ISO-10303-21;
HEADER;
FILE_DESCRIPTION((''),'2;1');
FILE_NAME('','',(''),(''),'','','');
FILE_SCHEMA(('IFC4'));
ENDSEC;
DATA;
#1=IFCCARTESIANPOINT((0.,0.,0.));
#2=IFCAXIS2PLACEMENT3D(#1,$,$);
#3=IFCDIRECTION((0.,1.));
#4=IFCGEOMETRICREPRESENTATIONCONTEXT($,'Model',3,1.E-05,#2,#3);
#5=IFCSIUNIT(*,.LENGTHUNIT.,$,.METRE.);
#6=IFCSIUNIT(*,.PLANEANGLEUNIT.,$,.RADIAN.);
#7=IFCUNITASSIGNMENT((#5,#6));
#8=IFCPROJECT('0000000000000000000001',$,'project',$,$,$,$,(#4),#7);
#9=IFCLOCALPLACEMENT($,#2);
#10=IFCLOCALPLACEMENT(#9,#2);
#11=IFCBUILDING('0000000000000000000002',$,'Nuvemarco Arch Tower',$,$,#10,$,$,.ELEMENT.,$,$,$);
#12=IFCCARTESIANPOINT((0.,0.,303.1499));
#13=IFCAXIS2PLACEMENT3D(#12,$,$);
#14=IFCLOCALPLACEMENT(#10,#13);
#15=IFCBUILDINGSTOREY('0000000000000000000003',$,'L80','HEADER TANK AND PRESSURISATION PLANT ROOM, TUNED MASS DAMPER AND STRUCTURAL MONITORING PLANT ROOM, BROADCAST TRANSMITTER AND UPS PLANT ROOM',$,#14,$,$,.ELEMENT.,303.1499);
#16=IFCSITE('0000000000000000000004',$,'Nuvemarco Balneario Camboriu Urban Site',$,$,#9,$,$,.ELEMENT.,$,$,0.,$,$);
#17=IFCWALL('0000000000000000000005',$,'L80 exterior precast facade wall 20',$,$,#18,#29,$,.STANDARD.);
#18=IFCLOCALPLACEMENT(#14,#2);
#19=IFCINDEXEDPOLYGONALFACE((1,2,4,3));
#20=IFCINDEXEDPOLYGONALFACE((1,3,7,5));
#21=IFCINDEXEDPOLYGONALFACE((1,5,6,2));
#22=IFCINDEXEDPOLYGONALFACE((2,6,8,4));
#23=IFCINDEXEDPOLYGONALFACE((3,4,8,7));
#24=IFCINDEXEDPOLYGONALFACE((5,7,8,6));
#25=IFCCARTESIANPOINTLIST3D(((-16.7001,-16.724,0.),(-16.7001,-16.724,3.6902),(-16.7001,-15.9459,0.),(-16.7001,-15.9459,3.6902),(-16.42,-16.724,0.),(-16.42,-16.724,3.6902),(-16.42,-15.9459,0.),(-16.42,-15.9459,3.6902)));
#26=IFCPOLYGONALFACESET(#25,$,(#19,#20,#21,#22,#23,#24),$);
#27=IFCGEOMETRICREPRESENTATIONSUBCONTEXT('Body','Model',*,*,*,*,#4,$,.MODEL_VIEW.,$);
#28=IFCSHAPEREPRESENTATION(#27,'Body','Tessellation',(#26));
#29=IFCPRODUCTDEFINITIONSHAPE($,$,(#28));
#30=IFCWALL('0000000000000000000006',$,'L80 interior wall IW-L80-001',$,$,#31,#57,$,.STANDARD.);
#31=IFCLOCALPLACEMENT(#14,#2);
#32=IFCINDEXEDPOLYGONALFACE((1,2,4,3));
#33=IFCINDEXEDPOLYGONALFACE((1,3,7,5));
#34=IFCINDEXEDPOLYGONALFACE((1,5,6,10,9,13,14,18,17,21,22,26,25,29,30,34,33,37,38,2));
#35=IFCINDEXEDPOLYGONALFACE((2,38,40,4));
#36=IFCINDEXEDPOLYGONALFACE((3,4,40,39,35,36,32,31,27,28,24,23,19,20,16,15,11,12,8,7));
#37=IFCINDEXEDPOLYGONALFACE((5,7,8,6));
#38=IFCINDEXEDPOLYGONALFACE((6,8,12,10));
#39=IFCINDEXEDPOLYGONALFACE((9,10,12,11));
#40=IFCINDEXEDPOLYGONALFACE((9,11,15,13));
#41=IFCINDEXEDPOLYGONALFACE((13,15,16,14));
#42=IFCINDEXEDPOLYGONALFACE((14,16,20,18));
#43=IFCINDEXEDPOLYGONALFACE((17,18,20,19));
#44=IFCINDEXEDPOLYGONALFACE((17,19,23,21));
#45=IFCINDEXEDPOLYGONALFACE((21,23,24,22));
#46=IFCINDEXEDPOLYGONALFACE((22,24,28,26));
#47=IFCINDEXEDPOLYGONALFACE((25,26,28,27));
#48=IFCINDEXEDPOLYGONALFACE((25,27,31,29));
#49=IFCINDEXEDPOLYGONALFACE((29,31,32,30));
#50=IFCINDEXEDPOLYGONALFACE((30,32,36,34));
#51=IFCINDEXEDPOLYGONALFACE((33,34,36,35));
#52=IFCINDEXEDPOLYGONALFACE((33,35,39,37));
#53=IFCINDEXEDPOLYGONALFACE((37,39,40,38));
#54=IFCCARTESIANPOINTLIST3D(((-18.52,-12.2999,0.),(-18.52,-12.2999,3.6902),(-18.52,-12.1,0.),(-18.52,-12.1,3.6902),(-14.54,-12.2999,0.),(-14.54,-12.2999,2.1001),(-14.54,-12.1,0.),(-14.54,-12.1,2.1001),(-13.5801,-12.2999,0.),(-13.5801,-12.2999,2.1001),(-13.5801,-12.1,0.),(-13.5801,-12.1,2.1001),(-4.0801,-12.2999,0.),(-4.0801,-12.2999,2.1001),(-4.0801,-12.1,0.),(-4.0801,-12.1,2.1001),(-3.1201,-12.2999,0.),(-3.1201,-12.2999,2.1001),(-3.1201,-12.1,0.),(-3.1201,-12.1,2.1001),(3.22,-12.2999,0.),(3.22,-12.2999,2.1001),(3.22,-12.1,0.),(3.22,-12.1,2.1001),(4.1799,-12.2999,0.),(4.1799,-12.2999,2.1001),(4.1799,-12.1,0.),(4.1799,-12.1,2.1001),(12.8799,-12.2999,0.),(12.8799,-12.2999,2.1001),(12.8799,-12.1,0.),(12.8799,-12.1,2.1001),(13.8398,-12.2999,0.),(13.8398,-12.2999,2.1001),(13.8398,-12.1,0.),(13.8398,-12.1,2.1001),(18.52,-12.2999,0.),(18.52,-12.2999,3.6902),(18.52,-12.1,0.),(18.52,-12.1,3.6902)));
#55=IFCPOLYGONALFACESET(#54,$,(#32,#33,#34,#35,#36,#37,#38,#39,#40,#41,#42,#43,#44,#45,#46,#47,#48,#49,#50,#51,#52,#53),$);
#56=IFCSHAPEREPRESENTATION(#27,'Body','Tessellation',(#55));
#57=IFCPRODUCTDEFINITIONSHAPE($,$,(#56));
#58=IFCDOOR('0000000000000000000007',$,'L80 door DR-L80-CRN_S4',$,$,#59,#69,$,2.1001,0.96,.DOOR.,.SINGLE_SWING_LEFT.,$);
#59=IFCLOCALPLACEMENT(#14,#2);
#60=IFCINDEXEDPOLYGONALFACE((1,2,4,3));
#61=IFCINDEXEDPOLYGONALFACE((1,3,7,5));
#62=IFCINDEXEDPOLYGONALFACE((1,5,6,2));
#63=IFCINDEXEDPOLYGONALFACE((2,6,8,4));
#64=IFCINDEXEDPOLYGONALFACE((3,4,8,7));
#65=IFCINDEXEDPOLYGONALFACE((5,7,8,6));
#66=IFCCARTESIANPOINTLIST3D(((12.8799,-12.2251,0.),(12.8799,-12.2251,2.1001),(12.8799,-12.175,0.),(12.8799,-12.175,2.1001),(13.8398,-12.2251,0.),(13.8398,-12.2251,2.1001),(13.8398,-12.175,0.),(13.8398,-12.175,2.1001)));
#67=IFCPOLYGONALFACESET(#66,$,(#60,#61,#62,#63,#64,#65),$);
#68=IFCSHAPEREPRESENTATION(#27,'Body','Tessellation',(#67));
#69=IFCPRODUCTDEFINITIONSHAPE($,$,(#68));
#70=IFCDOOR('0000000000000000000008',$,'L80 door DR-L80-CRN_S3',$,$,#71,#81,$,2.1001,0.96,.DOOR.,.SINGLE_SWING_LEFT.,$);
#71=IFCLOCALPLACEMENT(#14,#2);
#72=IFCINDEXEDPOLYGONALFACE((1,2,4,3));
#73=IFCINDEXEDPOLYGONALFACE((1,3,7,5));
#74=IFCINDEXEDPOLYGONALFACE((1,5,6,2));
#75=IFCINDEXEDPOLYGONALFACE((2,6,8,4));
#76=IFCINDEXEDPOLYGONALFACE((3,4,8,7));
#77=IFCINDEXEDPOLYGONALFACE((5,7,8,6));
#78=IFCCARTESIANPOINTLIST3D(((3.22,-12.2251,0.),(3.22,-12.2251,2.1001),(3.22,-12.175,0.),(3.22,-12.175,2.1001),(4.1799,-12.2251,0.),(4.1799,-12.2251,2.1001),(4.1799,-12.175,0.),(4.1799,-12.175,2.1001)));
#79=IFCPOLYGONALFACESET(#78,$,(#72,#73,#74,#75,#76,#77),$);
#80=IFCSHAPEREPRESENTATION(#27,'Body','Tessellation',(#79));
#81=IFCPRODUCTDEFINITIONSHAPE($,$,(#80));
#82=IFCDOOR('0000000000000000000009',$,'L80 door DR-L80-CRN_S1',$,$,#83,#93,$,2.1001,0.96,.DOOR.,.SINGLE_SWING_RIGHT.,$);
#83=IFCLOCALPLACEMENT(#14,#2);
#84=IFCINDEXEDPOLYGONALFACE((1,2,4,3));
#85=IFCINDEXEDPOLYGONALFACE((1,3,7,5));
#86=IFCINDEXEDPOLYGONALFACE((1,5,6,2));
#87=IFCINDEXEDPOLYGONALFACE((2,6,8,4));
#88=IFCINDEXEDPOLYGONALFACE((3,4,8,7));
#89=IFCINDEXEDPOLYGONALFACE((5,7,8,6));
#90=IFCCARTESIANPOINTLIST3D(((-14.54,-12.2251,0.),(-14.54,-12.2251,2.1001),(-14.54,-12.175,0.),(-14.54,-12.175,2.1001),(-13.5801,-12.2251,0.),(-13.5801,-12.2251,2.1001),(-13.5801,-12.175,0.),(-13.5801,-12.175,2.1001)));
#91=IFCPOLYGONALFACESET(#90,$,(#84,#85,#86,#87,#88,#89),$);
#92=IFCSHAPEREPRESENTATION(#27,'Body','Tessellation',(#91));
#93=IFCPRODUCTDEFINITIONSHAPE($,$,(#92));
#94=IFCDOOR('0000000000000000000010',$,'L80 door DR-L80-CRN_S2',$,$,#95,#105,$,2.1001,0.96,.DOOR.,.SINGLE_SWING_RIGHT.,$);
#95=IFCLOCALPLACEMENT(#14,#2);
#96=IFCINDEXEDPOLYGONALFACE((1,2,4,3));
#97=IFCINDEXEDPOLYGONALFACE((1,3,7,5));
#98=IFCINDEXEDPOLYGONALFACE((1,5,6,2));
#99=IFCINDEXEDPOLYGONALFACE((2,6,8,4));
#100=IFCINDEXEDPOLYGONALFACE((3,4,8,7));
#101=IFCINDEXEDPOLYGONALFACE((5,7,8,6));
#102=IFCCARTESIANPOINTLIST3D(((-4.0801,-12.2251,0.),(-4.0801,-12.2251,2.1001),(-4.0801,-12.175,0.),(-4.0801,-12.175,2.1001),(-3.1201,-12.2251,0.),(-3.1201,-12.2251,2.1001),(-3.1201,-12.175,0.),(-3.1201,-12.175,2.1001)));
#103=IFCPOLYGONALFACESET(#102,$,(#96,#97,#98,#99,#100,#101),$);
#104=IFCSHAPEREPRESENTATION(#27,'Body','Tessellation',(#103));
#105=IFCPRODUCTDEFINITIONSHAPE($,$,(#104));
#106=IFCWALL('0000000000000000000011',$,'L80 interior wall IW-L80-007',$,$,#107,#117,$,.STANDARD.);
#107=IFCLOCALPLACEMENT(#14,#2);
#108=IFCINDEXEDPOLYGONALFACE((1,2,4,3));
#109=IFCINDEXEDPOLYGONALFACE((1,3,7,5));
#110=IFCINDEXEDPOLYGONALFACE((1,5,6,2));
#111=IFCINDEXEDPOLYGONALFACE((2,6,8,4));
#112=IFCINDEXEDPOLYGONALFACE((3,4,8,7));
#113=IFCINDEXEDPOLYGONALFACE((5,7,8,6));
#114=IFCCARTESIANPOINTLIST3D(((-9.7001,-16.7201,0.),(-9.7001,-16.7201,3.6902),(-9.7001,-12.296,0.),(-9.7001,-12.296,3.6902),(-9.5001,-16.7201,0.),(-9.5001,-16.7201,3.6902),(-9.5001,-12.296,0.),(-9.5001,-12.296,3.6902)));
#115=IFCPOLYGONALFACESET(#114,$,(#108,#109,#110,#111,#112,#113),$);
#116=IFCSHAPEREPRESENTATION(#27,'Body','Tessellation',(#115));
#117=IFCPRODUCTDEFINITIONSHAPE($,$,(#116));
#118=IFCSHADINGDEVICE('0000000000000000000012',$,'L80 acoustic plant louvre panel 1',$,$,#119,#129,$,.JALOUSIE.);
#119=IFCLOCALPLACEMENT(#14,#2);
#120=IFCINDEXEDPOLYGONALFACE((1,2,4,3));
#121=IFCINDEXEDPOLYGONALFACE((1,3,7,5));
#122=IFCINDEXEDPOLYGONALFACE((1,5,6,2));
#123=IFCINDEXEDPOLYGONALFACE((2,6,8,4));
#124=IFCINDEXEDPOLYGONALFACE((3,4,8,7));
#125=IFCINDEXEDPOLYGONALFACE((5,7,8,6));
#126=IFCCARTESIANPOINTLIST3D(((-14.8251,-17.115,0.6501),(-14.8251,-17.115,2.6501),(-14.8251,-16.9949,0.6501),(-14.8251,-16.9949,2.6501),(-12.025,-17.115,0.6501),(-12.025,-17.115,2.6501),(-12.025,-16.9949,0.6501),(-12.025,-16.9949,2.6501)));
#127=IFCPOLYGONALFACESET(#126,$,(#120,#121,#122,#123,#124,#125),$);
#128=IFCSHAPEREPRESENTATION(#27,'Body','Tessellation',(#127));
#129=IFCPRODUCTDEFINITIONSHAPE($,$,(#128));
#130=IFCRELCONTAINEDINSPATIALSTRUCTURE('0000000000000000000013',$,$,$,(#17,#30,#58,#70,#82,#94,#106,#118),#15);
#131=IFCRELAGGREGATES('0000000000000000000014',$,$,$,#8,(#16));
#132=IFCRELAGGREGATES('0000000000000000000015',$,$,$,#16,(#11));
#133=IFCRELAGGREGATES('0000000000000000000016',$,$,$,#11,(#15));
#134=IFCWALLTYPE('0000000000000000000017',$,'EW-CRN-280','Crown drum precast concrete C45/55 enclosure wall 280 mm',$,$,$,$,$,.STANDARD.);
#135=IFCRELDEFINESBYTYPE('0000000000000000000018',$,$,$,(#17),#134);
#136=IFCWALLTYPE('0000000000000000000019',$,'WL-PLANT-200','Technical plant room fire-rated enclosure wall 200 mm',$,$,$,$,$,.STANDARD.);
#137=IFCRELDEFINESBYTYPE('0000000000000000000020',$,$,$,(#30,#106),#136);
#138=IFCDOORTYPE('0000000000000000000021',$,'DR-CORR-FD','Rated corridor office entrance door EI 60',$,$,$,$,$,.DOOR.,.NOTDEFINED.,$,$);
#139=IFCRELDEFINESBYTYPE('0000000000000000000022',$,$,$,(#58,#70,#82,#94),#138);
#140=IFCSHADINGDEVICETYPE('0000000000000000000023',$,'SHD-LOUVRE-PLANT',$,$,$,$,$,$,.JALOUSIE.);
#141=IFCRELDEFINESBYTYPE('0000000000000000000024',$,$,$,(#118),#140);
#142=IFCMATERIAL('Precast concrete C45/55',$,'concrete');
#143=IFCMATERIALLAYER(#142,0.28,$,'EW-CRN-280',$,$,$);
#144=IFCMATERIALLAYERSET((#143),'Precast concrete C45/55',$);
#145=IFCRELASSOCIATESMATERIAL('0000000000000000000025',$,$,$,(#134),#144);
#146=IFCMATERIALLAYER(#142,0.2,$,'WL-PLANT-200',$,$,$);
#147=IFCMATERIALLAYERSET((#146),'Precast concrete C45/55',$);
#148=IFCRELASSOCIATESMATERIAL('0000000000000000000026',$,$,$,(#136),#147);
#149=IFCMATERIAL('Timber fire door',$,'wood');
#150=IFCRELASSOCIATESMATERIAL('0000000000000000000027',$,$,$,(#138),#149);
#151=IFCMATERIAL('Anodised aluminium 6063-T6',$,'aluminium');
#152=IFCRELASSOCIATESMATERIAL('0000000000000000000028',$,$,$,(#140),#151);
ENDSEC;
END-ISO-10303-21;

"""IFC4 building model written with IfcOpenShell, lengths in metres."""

from ifc_helpers import new_model, si_unit, direction, frame, frame_2d, origin, origin_2d, place, context, subcontext, project, spatial, rectangle, extrude, source, transform, mapped, material, layer, layer_set, type_object, type_shapes, element, fill, save


model = new_model("IFC4")

# Units and contexts
model_context = context("Model", 3, precision=1e-05, world=origin(), true_north=direction((0.0, 1.0)))
body_context = subcontext(model_context, "Body", "Model", "MODEL_VIEW")
ifc_project = project(units=[si_unit("LENGTHUNIT", "METRE"), si_unit("PLANEANGLEUNIT", "RADIAN")], contexts=[model_context])

# Site, building, storey
site_placement = place(None, origin())
site = spatial("IfcSite", under=ifc_project, at=site_placement, Name="Nuvemarco Balneario Camboriu Urban Site", CompositionType="ELEMENT", RefElevation=0.0)
building_placement = place(site_placement, origin())
building = spatial("IfcBuilding", under=site, at=building_placement, Name="Nuvemarco Arch Tower", CompositionType="ELEMENT")
storey_placement = place(building_placement, frame((0.0, 0.0, 303.1499)))
storey = spatial("IfcBuildingStorey", under=building, at=storey_placement, Name="L80", Description="HEADER TANK AND PRESSURISATION PLANT ROOM, TUNED MASS DAMPER AND STRUCTURAL MONITORING PLANT ROOM, BROADCAST TRANSMITTER AND UPS PLANT ROOM", CompositionType="ELEMENT", Elevation=303.1499)

# Shared definitions
ifc_material_1 = material(Name="Precast concrete C45/55", Category="concrete")

# Wall
ifc_layer_1 = layer(ifc_material_1, 0.28, Name="EW-CRN-280")
ifc_layer_set_1 = layer_set([ifc_layer_1], Name="Precast concrete C45/55")
wall_type_1 = type_object("IfcWallType", Name="EW-CRN-280", Description="Crown drum precast concrete C45/55 enclosure wall 280 mm", PredefinedType="STANDARD", material=ifc_layer_set_1)
wall_1_placement = place(storey_placement, frame((-16.5601, -16.7241, 0.0), z_axis=(0.0, 0.0, 1.0), x_axis=(0.0, 1.0, 0.0)))
element("IfcWall", 1, at=wall_1_placement, inside=storey, type_object=wall_type_1, Name="L80 exterior precast facade wall 20", PredefinedType="STANDARD", context=body_context, shape_type="SweptSolid", body=[
    extrude(rectangle(XDim=0.7781, YDim=0.28, at=frame_2d((0.3892, 0.0))), origin(), (0.0, 0.0, 1.0), 3.6902),
])

# Wall, openings, doors
ifc_layer_2 = layer(ifc_material_1, 0.2, Name="WL-PLANT-200")
ifc_layer_set_2 = layer_set([ifc_layer_2], Name="Precast concrete C45/55")
wall_type_2 = type_object("IfcWallType", Name="WL-PLANT-200", Description="Technical plant room fire-rated enclosure wall 200 mm", PredefinedType="STANDARD", material=ifc_layer_set_2)
wall_2_placement = place(storey_placement, frame((-18.52, -12.2, 0.0), z_axis=(0.0, 0.0, 1.0), x_axis=(1.0, 0.0, 0.0)))
wall_2 = element("IfcWall", 2, at=wall_2_placement, inside=storey, type_object=wall_type_2, Name="L80 interior wall IW-L80-001", PredefinedType="STANDARD", context=body_context, shape_type="SweptSolid", body=[
    extrude(rectangle(XDim=37.04, YDim=0.2, at=frame_2d((18.52, 0.0))), origin(), (0.0, 0.0, 1.0), 3.6902),
])
opening_1_placement = place(wall_2_placement, frame((31.3999, 0.0, 0.0)))
opening_1 = element("IfcOpeningElement", 3, at=opening_1_placement, cuts=wall_2, PredefinedType="OPENING", context=body_context, shape_type="SweptSolid", body=[
    extrude(rectangle(XDim=0.96, YDim=2.1001, at=frame_2d((0.48, 1.05))), frame((0.0, 0.1099, 0.0), z_axis=(0.0, -1.0, 0.0), x_axis=(1.0, 0.0, 0.0)), (0.0, 0.0, 1.0), 0.22),
])
opening_2_placement = place(wall_2_placement, frame((21.74, 0.0, 0.0)))
opening_2 = element("IfcOpeningElement", 4, at=opening_2_placement, cuts=wall_2, PredefinedType="OPENING", context=body_context, shape_type="SweptSolid", body=[
    extrude(rectangle(XDim=0.96, YDim=2.1001, at=frame_2d((0.48, 1.05))), frame((0.0, 0.1099, 0.0), z_axis=(0.0, -1.0, 0.0), x_axis=(1.0, 0.0, 0.0)), (0.0, 0.0, 1.0), 0.22),
])
opening_3_placement = place(wall_2_placement, frame((3.98, 0.0, 0.0)))
opening_3 = element("IfcOpeningElement", 5, at=opening_3_placement, cuts=wall_2, PredefinedType="OPENING", context=body_context, shape_type="SweptSolid", body=[
    extrude(rectangle(XDim=0.96, YDim=2.1001, at=frame_2d((0.48, 1.05))), frame((0.0, 0.1099, 0.0), z_axis=(0.0, -1.0, 0.0), x_axis=(1.0, 0.0, 0.0)), (0.0, 0.0, 1.0), 0.22),
])
opening_4_placement = place(wall_2_placement, frame((14.4399, 0.0, 0.0)))
opening_4 = element("IfcOpeningElement", 6, at=opening_4_placement, cuts=wall_2, PredefinedType="OPENING", context=body_context, shape_type="SweptSolid", body=[
    extrude(rectangle(XDim=0.96, YDim=2.1001, at=frame_2d((0.48, 1.05))), frame((0.0, 0.1099, 0.0), z_axis=(0.0, -1.0, 0.0), x_axis=(1.0, 0.0, 0.0)), (0.0, 0.0, 1.0), 0.22),
])
ifc_material_2 = material(Name="Timber fire door", Category="wood")
door_type = type_object("IfcDoorType", Name="DR-CORR-FD", Description="Rated corridor office entrance door EI 60", OperationType="NOTDEFINED", PredefinedType="DOOR", material=ifc_material_2)
shared_shape_1 = source(origin(), body_context, "Body", "SweptSolid", [
    extrude(rectangle(XDim=0.96, YDim=2.1001, at=frame_2d((0.48, 1.05))), frame((0.0, 0.0249, 0.0), z_axis=(0.0, -1.0, 0.0), x_axis=(1.0, 0.0, 0.0)), (0.0, 0.0, 1.0), 0.05),
])
type_shapes(door_type, [shared_shape_1])
door_1_placement = place(opening_1_placement, origin())
door_1 = element("IfcDoor", 7, at=door_1_placement, inside=storey, type_object=door_type, Name="L80 door DR-L80-CRN_S4", OperationType="SINGLE_SWING_LEFT", OverallHeight=2.1001, OverallWidth=0.96, PredefinedType="DOOR", context=body_context, shape_type="MappedRepresentation", body=[
    mapped(shared_shape_1, transform((0.0, 0.0, 0.0), scale=1.0)),
])
fill(opening_1, door_1)
door_2_placement = place(opening_2_placement, origin())
door_2 = element("IfcDoor", 8, at=door_2_placement, inside=storey, type_object=door_type, Name="L80 door DR-L80-CRN_S3", OperationType="SINGLE_SWING_LEFT", OverallHeight=2.1001, OverallWidth=0.96, PredefinedType="DOOR", context=body_context, shape_type="MappedRepresentation", body=[
    mapped(shared_shape_1, transform((0.0, 0.0, 0.0), scale=1.0)),
])
fill(opening_2, door_2)
door_3_placement = place(opening_3_placement, origin())
door_3 = element("IfcDoor", 9, at=door_3_placement, inside=storey, type_object=door_type, Name="L80 door DR-L80-CRN_S1", OperationType="SINGLE_SWING_RIGHT", OverallHeight=2.1001, OverallWidth=0.96, PredefinedType="DOOR", context=body_context, shape_type="MappedRepresentation", body=[
    mapped(shared_shape_1, transform((0.0, 0.0, 0.0), scale=1.0)),
])
fill(opening_3, door_3)
door_4_placement = place(opening_4_placement, origin())
door_4 = element("IfcDoor", 10, at=door_4_placement, inside=storey, type_object=door_type, Name="L80 door DR-L80-CRN_S2", OperationType="SINGLE_SWING_RIGHT", OverallHeight=2.1001, OverallWidth=0.96, PredefinedType="DOOR", context=body_context, shape_type="MappedRepresentation", body=[
    mapped(shared_shape_1, transform((0.0, 0.0, 0.0), scale=1.0)),
])
fill(opening_4, door_4)

# Wall
wall_3_placement = place(storey_placement, frame((-9.6001, -16.72, 0.0), z_axis=(0.0, 0.0, 1.0), x_axis=(0.0, 1.0, 0.0)))
element("IfcWall", 11, at=wall_3_placement, inside=storey, type_object=wall_type_2, Name="L80 interior wall IW-L80-007", PredefinedType="STANDARD", context=body_context, shape_type="SweptSolid", body=[
    extrude(rectangle(XDim=4.4241, YDim=0.2, at=frame_2d((2.2119, 0.0))), origin(), (0.0, 0.0, 1.0), 3.6902),
])

# Shading device
ifc_material_3 = material(Name="Anodised aluminium 6063-T6", Category="aluminium")
shading_device_type = type_object("IfcShadingDeviceType", Name="SHD-LOUVRE-PLANT", PredefinedType="JALOUSIE", material=ifc_material_3)
shared_shape_2 = source(origin(), body_context, "Body", "SweptSolid", [
    extrude(rectangle(XDim=2.8, YDim=0.1201, at=origin_2d()), origin(), (0.0, 0.0, 1.0), 2.0),
])
type_shapes(shading_device_type, [shared_shape_2])
shading_device_placement = place(storey_placement, frame((-13.425, -17.0549, 0.6501), z_axis=(0.0, 0.0, 1.0), x_axis=(1.0, 0.0, 0.0)))
element("IfcShadingDevice", 12, at=shading_device_placement, inside=storey, type_object=shading_device_type, Name="L80 acoustic plant louvre panel 1", PredefinedType="JALOUSIE", context=body_context, shape_type="MappedRepresentation", body=[
    mapped(shared_shape_2, transform((0.0, 0.0, 0.0), scale=1.0)),
])

save(model, "model.ifc")
